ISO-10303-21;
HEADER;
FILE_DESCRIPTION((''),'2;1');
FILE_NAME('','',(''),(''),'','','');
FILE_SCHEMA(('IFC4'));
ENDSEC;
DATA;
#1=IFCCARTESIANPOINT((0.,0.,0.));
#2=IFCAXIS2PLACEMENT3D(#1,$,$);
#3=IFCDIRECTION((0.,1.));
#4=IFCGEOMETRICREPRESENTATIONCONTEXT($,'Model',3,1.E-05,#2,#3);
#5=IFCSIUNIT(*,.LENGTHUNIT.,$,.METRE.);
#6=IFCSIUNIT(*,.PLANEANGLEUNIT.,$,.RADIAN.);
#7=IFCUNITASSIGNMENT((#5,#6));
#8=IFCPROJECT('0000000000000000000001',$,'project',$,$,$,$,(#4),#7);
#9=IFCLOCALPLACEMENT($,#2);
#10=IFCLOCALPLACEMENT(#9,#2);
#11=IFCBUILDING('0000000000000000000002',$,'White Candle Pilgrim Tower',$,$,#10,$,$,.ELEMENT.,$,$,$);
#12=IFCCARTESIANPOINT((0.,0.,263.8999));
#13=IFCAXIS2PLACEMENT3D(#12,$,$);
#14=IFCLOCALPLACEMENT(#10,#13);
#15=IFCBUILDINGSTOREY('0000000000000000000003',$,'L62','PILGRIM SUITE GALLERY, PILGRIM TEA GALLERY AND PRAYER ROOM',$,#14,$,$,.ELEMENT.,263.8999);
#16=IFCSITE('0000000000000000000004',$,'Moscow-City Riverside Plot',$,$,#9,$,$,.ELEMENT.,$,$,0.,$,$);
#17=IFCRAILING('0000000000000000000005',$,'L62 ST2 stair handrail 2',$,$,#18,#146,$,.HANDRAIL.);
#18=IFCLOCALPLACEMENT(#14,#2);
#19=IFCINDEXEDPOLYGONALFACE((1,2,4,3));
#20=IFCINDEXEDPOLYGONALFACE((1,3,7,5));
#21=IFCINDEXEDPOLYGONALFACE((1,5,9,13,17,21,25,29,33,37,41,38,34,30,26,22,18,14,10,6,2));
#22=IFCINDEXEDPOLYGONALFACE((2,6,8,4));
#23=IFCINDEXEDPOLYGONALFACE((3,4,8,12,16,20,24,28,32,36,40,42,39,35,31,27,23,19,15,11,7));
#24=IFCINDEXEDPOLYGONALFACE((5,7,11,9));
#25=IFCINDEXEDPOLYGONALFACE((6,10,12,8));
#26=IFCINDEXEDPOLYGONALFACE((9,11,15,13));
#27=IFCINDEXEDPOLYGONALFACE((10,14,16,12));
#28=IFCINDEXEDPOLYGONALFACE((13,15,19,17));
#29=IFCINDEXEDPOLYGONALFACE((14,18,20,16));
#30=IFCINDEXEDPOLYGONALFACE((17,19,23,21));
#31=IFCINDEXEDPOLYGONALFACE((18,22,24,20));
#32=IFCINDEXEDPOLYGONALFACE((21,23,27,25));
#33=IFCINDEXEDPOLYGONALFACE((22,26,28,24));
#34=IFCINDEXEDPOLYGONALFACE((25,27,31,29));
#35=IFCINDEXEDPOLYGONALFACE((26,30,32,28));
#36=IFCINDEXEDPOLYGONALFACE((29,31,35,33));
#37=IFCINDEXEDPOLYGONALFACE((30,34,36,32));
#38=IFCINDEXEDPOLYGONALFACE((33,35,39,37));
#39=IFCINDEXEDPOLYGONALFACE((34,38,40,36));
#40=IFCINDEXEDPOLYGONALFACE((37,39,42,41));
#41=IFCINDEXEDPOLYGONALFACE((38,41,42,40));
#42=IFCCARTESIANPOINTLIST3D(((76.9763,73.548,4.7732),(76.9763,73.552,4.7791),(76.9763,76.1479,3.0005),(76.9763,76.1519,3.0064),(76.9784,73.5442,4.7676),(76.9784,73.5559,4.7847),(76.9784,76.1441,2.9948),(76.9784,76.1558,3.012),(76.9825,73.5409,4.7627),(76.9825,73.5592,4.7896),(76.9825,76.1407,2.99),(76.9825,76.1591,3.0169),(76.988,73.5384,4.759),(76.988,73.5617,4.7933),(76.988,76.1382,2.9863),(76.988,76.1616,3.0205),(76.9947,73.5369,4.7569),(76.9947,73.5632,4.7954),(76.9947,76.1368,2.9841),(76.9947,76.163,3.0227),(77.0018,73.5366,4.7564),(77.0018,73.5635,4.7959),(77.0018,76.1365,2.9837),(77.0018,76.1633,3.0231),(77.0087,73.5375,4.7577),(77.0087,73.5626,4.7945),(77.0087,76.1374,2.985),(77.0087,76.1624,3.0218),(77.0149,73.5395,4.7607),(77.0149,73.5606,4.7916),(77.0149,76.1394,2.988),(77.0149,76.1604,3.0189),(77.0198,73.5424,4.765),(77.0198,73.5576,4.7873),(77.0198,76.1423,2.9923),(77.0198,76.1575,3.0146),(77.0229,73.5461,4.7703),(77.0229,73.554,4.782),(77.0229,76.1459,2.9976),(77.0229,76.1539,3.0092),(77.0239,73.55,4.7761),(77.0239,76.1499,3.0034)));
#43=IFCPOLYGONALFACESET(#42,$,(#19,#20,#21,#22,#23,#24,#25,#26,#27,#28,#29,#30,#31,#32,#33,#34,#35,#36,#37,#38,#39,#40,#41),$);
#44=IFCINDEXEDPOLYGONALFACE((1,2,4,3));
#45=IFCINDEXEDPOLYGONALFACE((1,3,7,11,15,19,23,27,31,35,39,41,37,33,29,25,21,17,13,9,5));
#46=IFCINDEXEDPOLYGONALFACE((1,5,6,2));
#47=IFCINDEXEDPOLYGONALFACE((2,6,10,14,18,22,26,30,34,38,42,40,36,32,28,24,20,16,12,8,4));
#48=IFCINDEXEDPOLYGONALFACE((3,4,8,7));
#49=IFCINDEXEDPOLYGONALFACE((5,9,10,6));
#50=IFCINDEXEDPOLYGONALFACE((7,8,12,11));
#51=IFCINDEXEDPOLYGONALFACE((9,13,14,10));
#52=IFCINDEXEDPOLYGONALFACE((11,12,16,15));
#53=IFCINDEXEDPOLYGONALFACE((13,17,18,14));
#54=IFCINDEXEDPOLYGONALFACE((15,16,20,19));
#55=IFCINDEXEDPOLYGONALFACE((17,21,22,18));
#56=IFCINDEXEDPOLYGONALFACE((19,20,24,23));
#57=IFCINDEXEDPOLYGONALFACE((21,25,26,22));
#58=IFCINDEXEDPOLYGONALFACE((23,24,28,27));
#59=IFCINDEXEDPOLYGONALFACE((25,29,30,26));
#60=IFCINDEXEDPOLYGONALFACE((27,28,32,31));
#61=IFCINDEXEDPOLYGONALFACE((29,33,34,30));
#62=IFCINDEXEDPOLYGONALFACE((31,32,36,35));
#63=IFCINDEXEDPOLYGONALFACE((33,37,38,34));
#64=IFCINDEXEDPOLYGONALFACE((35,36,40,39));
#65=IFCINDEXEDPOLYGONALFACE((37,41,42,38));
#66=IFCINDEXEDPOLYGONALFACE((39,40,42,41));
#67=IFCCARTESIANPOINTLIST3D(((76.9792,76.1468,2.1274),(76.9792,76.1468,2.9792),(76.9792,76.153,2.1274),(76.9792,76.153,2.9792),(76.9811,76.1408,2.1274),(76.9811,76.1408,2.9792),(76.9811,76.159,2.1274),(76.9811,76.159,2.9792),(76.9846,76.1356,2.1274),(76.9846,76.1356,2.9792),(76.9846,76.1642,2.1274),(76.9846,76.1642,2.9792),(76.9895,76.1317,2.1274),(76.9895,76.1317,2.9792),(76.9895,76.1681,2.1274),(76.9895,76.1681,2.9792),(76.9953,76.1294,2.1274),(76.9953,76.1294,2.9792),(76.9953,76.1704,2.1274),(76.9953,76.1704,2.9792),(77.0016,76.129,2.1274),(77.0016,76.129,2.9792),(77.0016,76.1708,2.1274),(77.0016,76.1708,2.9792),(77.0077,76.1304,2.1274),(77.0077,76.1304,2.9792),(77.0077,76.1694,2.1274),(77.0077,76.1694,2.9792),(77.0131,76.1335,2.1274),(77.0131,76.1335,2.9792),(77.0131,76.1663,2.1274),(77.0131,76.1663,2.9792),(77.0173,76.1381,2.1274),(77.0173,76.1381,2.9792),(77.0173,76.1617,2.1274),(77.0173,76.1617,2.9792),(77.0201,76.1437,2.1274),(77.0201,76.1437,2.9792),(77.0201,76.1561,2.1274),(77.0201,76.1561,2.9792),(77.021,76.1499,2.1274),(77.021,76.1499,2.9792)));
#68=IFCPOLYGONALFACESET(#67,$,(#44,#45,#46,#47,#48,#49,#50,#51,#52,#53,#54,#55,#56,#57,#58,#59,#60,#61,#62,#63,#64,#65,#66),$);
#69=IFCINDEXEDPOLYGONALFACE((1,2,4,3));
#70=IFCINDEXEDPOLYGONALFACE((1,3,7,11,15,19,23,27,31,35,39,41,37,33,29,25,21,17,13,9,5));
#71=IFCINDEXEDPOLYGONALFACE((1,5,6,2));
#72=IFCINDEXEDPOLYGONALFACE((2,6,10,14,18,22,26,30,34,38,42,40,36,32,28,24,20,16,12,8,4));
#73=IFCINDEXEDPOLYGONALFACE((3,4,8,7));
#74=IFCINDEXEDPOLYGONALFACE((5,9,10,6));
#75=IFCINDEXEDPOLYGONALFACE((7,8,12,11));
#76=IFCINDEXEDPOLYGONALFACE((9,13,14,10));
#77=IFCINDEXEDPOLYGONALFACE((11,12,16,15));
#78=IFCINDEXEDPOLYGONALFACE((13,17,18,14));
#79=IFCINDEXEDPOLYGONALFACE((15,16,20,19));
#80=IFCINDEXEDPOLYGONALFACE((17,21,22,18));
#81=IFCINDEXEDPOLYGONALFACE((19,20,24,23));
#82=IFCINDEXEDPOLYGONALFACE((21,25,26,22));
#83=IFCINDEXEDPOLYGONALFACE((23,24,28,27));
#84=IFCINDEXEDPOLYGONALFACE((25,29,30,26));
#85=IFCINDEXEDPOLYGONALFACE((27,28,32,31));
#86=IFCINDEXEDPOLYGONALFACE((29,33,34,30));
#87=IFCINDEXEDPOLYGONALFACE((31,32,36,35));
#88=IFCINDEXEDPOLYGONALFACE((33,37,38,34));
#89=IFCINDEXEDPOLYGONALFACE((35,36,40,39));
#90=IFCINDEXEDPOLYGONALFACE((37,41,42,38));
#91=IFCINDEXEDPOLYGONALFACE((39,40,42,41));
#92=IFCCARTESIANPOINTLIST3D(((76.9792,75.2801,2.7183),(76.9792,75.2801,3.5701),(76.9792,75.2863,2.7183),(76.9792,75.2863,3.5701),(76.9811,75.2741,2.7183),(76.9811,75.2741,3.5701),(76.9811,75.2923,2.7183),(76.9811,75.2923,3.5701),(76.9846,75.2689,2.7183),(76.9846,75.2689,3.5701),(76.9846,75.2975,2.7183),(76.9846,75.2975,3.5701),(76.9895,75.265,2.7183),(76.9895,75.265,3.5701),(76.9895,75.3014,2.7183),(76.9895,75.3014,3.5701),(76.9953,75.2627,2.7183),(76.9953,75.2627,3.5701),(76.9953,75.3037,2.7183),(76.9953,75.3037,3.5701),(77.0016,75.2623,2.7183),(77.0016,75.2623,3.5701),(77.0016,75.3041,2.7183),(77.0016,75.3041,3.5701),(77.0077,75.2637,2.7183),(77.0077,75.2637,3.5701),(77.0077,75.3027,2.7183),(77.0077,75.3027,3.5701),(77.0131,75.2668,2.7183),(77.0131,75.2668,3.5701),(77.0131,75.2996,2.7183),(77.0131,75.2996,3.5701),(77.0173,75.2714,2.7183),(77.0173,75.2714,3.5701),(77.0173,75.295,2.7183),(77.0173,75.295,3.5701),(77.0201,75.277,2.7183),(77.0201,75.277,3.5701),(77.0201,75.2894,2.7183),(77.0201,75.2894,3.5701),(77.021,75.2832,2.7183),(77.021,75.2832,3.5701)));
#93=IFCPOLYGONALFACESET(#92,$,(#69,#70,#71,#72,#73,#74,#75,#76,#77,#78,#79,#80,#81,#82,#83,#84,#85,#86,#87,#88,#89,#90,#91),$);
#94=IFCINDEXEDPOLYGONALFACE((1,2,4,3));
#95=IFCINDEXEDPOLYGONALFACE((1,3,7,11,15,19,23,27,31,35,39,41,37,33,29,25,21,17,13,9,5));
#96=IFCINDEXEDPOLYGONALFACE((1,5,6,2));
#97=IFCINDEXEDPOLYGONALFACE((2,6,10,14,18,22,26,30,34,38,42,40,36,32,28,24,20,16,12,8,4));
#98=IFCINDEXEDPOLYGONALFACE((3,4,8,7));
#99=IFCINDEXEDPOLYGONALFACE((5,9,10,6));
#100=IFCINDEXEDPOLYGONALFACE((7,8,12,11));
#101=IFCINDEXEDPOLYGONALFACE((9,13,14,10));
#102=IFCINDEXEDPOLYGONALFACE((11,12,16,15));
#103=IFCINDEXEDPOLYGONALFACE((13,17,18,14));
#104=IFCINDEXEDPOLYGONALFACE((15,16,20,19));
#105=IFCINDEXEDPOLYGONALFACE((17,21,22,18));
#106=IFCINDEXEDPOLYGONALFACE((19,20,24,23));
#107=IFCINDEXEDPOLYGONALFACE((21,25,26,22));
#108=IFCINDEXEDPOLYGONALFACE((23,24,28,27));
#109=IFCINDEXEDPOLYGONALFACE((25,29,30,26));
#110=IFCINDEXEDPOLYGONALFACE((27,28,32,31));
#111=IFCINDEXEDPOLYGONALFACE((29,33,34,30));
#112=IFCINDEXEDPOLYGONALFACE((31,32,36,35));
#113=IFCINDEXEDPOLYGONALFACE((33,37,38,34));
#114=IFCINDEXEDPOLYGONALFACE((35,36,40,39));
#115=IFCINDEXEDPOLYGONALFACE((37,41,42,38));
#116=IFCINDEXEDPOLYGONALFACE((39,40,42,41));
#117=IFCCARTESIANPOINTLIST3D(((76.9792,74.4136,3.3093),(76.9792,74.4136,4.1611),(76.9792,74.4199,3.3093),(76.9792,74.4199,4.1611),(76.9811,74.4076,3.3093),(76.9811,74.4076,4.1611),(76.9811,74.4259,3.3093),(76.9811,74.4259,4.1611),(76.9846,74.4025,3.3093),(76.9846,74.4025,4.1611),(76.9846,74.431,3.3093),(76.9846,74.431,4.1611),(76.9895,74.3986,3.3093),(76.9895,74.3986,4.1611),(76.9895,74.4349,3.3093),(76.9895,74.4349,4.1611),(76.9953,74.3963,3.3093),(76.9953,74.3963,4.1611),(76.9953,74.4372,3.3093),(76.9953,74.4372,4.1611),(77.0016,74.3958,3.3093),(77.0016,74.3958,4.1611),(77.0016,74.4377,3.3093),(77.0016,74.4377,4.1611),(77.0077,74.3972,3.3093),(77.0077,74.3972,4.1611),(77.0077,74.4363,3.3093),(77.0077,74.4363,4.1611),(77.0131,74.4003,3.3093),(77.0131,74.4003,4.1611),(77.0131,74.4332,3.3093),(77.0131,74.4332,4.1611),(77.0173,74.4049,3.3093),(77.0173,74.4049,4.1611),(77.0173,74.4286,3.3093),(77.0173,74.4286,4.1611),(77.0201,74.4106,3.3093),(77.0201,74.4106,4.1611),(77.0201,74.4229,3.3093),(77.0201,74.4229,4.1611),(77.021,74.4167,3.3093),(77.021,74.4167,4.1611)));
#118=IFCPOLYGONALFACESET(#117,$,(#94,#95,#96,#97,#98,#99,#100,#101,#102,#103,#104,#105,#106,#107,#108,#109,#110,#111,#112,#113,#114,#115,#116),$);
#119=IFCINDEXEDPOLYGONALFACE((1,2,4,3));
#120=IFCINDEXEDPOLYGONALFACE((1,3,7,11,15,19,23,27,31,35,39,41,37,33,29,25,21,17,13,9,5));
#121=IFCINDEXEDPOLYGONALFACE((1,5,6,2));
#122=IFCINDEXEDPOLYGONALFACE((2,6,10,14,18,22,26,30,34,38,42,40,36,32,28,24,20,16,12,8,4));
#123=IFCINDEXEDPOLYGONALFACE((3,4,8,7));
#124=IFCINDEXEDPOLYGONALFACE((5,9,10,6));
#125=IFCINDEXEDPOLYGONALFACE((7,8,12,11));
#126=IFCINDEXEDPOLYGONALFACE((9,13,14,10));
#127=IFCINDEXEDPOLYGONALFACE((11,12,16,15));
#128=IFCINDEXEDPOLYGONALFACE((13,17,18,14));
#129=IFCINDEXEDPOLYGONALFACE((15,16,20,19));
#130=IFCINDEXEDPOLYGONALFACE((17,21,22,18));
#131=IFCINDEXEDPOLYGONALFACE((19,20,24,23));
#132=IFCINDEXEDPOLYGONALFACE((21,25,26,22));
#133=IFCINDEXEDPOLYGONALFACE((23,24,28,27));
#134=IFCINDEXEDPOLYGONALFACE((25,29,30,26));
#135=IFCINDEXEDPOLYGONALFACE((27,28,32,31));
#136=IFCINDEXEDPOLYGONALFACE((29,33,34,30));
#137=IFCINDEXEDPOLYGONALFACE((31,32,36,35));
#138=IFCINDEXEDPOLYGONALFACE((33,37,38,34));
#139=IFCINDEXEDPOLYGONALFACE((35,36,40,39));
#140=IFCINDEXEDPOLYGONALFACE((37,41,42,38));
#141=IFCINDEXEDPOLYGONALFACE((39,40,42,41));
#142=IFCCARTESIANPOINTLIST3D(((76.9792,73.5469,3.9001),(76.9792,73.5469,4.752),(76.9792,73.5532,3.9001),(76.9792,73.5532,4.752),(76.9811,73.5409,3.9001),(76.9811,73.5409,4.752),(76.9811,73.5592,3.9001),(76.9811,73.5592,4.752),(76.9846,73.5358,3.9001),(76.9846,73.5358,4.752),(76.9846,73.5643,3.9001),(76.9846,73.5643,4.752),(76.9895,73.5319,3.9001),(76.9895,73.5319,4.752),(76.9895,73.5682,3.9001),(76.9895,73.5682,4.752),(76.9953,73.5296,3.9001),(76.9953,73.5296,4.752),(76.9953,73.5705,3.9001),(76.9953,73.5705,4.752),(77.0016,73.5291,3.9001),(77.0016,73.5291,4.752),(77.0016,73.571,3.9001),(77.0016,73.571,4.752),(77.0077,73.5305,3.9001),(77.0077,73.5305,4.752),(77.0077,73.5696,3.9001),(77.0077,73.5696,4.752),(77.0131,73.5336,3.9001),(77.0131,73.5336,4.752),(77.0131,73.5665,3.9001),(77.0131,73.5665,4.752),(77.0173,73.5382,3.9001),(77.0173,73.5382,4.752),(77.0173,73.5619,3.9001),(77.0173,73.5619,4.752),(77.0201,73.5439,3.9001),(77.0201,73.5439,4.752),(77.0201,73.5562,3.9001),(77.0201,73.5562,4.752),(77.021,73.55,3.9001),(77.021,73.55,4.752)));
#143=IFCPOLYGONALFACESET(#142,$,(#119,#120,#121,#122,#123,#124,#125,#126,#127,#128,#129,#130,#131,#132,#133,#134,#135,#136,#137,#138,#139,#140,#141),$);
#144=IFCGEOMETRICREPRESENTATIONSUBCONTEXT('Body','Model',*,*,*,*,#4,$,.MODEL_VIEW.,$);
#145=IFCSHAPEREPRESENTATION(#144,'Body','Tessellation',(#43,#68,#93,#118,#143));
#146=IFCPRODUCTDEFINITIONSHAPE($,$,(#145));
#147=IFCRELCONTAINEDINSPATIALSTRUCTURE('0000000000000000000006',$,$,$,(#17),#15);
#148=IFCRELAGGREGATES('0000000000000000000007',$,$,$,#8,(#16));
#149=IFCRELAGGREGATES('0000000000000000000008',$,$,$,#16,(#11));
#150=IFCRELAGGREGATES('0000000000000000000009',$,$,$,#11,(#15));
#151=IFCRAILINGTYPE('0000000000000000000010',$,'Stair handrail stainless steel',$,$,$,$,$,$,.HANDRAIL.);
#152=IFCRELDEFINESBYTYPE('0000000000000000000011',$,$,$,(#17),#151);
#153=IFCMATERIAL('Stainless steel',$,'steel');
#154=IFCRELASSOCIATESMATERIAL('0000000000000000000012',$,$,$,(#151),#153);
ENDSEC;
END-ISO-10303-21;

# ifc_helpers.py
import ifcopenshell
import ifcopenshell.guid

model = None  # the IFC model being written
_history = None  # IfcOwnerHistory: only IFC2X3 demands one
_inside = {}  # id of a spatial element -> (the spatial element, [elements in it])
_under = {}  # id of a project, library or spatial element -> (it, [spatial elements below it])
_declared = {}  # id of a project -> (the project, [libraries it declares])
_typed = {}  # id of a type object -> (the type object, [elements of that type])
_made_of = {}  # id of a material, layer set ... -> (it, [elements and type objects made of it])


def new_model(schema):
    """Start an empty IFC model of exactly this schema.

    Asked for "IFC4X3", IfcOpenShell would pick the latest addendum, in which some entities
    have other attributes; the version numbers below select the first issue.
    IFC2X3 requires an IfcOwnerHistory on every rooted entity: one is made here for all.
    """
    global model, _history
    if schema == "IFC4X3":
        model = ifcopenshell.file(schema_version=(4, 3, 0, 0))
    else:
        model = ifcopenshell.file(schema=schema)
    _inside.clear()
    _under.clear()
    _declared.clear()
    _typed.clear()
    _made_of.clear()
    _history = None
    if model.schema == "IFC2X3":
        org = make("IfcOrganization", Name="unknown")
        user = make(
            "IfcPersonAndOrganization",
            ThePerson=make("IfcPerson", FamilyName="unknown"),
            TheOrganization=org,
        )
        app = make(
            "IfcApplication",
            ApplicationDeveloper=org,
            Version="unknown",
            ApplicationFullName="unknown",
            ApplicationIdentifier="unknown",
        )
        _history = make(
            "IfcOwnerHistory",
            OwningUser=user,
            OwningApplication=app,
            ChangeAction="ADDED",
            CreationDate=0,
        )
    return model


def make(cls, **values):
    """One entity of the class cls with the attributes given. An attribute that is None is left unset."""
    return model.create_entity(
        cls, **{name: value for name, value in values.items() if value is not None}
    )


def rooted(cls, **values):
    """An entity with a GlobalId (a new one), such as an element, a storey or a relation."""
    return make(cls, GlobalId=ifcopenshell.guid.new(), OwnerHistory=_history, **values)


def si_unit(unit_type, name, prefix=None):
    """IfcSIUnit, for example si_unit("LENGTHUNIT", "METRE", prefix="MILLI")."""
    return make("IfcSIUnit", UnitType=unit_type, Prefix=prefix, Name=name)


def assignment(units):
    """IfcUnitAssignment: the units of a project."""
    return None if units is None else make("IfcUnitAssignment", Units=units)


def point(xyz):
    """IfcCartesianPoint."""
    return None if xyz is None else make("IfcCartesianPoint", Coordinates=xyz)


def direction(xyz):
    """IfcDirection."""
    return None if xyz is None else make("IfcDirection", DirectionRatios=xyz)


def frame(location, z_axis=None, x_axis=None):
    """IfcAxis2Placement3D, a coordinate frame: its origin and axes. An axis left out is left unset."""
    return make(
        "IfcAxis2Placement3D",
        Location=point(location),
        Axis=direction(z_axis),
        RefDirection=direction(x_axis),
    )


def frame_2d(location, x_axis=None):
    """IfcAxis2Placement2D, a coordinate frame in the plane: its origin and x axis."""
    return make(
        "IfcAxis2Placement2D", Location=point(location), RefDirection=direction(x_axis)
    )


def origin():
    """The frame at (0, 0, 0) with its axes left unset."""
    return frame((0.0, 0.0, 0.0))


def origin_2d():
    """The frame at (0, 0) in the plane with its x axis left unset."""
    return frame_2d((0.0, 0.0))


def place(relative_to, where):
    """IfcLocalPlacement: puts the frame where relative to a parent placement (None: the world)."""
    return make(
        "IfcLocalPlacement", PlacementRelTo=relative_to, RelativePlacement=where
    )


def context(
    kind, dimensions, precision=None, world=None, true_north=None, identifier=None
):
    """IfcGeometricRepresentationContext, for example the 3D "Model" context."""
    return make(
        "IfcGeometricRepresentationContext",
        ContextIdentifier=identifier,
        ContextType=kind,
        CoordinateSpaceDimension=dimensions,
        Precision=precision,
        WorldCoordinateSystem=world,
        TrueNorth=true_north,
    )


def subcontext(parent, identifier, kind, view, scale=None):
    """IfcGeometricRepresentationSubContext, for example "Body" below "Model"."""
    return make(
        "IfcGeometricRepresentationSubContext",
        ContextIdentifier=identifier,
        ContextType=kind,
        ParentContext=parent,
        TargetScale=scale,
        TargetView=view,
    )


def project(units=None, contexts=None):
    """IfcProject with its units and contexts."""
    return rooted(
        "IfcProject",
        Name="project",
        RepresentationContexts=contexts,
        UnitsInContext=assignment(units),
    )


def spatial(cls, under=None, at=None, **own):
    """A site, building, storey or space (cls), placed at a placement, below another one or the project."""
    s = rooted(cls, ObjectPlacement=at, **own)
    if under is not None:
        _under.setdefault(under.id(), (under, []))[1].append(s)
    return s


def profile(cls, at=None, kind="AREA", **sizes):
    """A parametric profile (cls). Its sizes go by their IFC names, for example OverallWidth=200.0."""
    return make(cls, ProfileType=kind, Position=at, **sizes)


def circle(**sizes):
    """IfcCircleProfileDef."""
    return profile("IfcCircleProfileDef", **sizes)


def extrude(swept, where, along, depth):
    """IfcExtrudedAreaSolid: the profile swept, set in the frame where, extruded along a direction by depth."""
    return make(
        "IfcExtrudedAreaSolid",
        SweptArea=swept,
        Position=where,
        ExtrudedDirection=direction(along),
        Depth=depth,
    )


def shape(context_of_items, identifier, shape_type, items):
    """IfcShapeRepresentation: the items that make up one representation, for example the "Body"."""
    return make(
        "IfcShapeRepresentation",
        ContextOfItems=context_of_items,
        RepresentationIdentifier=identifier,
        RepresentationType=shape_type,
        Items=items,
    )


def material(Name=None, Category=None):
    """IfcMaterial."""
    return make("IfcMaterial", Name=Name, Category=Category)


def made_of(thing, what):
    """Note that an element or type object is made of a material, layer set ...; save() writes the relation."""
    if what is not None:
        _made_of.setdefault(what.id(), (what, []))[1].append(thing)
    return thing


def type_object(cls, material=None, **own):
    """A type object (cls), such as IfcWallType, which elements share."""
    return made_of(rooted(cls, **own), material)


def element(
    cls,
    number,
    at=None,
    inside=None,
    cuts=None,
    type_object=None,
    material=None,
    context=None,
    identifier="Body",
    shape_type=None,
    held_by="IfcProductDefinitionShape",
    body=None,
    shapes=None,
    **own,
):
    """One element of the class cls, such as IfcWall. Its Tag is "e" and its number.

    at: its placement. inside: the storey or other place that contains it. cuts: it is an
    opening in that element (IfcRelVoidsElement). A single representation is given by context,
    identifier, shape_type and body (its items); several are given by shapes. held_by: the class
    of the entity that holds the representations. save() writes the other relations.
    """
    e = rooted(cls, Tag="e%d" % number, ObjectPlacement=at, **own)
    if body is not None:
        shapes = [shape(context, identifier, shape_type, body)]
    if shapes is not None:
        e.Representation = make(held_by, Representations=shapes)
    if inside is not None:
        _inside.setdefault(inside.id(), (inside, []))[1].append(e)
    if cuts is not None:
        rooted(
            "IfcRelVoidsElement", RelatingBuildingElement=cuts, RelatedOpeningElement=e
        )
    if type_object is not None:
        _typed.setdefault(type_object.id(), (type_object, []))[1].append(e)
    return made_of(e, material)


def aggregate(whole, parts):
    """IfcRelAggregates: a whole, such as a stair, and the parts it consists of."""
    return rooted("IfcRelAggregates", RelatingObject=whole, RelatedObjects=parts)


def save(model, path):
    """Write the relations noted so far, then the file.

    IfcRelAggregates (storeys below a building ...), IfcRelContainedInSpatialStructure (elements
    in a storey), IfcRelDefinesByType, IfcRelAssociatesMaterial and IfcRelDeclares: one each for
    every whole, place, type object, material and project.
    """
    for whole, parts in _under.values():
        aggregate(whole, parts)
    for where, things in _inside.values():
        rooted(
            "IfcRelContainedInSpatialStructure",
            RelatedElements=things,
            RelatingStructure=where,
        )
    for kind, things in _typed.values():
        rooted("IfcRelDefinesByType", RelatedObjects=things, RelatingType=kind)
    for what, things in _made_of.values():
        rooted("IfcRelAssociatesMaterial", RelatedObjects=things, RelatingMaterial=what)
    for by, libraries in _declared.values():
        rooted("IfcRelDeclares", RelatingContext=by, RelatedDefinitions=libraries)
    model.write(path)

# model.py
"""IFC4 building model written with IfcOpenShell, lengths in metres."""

from ifc_helpers import new_model, si_unit, direction, frame, origin, origin_2d, place, context, subcontext, project, spatial, circle, extrude, material, type_object, element, save


model = new_model("IFC4")

# Units and contexts
model_context = context("Model", 3, precision=1e-05, world=origin(), true_north=direction((0.0, 1.0)))
body_context = subcontext(model_context, "Body", "Model", "MODEL_VIEW")
ifc_project = project(units=[si_unit("LENGTHUNIT", "METRE"), si_unit("PLANEANGLEUNIT", "RADIAN")], contexts=[model_context])

# Site, building, storey
site_placement = place(None, origin())
site = spatial("IfcSite", under=ifc_project, at=site_placement, Name="Moscow-City Riverside Plot", CompositionType="ELEMENT", RefElevation=0.0)
building_placement = place(site_placement, origin())
building = spatial("IfcBuilding", under=site, at=building_placement, Name="White Candle Pilgrim Tower", CompositionType="ELEMENT")
storey_placement = place(building_placement, frame((0.0, 0.0, 263.8999)))
storey = spatial("IfcBuildingStorey", under=building, at=storey_placement, Name="L62", Description="PILGRIM SUITE GALLERY, PILGRIM TEA GALLERY AND PRAYER ROOM", CompositionType="ELEMENT", Elevation=263.8999)

# Railing
ifc_material_1 = material(Name="Stainless steel", Category="steel")
railing_type_1 = type_object("IfcRailingType", Name="Stair handrail stainless steel", PredefinedType="HANDRAIL", material=ifc_material_1)
railing_1_placement = place(storey_placement, frame((77.0, 76.1499, 2.1274)))
element("IfcRailing", 1, at=railing_1_placement, inside=storey, type_object=railing_type_1, Name="L62 ST2 stair handrail 2", PredefinedType="HANDRAIL", context=body_context, shape_type="SweptSolid", body=[
    extrude(circle(Radius=0.0239, at=origin_2d()), frame((0.0, 0.0, 0.876), z_axis=(0.0, -0.826216, 0.563354), x_axis=(1.0, 0.0, 0.0)), (0.0, 0.0, 1.0), 3.1467),
    extrude(circle(Radius=0.021, at=origin_2d()), origin(), (0.0, 0.0, 1.0), 0.8518),
    extrude(circle(Radius=0.021, at=origin_2d()), frame((0.0, -0.8667, 0.5908)), (0.0, 0.0, 1.0), 0.8518),
    extrude(circle(Radius=0.021, at=origin_2d()), frame((0.0, -1.7332, 1.1819)), (0.0, 0.0, 1.0), 0.8518),
    extrude(circle(Radius=0.021, at=origin_2d()), frame((0.0, -2.5999, 1.7727)), (0.0, 0.0, 1.0), 0.8518),
])

save(model, "model.ifc")
